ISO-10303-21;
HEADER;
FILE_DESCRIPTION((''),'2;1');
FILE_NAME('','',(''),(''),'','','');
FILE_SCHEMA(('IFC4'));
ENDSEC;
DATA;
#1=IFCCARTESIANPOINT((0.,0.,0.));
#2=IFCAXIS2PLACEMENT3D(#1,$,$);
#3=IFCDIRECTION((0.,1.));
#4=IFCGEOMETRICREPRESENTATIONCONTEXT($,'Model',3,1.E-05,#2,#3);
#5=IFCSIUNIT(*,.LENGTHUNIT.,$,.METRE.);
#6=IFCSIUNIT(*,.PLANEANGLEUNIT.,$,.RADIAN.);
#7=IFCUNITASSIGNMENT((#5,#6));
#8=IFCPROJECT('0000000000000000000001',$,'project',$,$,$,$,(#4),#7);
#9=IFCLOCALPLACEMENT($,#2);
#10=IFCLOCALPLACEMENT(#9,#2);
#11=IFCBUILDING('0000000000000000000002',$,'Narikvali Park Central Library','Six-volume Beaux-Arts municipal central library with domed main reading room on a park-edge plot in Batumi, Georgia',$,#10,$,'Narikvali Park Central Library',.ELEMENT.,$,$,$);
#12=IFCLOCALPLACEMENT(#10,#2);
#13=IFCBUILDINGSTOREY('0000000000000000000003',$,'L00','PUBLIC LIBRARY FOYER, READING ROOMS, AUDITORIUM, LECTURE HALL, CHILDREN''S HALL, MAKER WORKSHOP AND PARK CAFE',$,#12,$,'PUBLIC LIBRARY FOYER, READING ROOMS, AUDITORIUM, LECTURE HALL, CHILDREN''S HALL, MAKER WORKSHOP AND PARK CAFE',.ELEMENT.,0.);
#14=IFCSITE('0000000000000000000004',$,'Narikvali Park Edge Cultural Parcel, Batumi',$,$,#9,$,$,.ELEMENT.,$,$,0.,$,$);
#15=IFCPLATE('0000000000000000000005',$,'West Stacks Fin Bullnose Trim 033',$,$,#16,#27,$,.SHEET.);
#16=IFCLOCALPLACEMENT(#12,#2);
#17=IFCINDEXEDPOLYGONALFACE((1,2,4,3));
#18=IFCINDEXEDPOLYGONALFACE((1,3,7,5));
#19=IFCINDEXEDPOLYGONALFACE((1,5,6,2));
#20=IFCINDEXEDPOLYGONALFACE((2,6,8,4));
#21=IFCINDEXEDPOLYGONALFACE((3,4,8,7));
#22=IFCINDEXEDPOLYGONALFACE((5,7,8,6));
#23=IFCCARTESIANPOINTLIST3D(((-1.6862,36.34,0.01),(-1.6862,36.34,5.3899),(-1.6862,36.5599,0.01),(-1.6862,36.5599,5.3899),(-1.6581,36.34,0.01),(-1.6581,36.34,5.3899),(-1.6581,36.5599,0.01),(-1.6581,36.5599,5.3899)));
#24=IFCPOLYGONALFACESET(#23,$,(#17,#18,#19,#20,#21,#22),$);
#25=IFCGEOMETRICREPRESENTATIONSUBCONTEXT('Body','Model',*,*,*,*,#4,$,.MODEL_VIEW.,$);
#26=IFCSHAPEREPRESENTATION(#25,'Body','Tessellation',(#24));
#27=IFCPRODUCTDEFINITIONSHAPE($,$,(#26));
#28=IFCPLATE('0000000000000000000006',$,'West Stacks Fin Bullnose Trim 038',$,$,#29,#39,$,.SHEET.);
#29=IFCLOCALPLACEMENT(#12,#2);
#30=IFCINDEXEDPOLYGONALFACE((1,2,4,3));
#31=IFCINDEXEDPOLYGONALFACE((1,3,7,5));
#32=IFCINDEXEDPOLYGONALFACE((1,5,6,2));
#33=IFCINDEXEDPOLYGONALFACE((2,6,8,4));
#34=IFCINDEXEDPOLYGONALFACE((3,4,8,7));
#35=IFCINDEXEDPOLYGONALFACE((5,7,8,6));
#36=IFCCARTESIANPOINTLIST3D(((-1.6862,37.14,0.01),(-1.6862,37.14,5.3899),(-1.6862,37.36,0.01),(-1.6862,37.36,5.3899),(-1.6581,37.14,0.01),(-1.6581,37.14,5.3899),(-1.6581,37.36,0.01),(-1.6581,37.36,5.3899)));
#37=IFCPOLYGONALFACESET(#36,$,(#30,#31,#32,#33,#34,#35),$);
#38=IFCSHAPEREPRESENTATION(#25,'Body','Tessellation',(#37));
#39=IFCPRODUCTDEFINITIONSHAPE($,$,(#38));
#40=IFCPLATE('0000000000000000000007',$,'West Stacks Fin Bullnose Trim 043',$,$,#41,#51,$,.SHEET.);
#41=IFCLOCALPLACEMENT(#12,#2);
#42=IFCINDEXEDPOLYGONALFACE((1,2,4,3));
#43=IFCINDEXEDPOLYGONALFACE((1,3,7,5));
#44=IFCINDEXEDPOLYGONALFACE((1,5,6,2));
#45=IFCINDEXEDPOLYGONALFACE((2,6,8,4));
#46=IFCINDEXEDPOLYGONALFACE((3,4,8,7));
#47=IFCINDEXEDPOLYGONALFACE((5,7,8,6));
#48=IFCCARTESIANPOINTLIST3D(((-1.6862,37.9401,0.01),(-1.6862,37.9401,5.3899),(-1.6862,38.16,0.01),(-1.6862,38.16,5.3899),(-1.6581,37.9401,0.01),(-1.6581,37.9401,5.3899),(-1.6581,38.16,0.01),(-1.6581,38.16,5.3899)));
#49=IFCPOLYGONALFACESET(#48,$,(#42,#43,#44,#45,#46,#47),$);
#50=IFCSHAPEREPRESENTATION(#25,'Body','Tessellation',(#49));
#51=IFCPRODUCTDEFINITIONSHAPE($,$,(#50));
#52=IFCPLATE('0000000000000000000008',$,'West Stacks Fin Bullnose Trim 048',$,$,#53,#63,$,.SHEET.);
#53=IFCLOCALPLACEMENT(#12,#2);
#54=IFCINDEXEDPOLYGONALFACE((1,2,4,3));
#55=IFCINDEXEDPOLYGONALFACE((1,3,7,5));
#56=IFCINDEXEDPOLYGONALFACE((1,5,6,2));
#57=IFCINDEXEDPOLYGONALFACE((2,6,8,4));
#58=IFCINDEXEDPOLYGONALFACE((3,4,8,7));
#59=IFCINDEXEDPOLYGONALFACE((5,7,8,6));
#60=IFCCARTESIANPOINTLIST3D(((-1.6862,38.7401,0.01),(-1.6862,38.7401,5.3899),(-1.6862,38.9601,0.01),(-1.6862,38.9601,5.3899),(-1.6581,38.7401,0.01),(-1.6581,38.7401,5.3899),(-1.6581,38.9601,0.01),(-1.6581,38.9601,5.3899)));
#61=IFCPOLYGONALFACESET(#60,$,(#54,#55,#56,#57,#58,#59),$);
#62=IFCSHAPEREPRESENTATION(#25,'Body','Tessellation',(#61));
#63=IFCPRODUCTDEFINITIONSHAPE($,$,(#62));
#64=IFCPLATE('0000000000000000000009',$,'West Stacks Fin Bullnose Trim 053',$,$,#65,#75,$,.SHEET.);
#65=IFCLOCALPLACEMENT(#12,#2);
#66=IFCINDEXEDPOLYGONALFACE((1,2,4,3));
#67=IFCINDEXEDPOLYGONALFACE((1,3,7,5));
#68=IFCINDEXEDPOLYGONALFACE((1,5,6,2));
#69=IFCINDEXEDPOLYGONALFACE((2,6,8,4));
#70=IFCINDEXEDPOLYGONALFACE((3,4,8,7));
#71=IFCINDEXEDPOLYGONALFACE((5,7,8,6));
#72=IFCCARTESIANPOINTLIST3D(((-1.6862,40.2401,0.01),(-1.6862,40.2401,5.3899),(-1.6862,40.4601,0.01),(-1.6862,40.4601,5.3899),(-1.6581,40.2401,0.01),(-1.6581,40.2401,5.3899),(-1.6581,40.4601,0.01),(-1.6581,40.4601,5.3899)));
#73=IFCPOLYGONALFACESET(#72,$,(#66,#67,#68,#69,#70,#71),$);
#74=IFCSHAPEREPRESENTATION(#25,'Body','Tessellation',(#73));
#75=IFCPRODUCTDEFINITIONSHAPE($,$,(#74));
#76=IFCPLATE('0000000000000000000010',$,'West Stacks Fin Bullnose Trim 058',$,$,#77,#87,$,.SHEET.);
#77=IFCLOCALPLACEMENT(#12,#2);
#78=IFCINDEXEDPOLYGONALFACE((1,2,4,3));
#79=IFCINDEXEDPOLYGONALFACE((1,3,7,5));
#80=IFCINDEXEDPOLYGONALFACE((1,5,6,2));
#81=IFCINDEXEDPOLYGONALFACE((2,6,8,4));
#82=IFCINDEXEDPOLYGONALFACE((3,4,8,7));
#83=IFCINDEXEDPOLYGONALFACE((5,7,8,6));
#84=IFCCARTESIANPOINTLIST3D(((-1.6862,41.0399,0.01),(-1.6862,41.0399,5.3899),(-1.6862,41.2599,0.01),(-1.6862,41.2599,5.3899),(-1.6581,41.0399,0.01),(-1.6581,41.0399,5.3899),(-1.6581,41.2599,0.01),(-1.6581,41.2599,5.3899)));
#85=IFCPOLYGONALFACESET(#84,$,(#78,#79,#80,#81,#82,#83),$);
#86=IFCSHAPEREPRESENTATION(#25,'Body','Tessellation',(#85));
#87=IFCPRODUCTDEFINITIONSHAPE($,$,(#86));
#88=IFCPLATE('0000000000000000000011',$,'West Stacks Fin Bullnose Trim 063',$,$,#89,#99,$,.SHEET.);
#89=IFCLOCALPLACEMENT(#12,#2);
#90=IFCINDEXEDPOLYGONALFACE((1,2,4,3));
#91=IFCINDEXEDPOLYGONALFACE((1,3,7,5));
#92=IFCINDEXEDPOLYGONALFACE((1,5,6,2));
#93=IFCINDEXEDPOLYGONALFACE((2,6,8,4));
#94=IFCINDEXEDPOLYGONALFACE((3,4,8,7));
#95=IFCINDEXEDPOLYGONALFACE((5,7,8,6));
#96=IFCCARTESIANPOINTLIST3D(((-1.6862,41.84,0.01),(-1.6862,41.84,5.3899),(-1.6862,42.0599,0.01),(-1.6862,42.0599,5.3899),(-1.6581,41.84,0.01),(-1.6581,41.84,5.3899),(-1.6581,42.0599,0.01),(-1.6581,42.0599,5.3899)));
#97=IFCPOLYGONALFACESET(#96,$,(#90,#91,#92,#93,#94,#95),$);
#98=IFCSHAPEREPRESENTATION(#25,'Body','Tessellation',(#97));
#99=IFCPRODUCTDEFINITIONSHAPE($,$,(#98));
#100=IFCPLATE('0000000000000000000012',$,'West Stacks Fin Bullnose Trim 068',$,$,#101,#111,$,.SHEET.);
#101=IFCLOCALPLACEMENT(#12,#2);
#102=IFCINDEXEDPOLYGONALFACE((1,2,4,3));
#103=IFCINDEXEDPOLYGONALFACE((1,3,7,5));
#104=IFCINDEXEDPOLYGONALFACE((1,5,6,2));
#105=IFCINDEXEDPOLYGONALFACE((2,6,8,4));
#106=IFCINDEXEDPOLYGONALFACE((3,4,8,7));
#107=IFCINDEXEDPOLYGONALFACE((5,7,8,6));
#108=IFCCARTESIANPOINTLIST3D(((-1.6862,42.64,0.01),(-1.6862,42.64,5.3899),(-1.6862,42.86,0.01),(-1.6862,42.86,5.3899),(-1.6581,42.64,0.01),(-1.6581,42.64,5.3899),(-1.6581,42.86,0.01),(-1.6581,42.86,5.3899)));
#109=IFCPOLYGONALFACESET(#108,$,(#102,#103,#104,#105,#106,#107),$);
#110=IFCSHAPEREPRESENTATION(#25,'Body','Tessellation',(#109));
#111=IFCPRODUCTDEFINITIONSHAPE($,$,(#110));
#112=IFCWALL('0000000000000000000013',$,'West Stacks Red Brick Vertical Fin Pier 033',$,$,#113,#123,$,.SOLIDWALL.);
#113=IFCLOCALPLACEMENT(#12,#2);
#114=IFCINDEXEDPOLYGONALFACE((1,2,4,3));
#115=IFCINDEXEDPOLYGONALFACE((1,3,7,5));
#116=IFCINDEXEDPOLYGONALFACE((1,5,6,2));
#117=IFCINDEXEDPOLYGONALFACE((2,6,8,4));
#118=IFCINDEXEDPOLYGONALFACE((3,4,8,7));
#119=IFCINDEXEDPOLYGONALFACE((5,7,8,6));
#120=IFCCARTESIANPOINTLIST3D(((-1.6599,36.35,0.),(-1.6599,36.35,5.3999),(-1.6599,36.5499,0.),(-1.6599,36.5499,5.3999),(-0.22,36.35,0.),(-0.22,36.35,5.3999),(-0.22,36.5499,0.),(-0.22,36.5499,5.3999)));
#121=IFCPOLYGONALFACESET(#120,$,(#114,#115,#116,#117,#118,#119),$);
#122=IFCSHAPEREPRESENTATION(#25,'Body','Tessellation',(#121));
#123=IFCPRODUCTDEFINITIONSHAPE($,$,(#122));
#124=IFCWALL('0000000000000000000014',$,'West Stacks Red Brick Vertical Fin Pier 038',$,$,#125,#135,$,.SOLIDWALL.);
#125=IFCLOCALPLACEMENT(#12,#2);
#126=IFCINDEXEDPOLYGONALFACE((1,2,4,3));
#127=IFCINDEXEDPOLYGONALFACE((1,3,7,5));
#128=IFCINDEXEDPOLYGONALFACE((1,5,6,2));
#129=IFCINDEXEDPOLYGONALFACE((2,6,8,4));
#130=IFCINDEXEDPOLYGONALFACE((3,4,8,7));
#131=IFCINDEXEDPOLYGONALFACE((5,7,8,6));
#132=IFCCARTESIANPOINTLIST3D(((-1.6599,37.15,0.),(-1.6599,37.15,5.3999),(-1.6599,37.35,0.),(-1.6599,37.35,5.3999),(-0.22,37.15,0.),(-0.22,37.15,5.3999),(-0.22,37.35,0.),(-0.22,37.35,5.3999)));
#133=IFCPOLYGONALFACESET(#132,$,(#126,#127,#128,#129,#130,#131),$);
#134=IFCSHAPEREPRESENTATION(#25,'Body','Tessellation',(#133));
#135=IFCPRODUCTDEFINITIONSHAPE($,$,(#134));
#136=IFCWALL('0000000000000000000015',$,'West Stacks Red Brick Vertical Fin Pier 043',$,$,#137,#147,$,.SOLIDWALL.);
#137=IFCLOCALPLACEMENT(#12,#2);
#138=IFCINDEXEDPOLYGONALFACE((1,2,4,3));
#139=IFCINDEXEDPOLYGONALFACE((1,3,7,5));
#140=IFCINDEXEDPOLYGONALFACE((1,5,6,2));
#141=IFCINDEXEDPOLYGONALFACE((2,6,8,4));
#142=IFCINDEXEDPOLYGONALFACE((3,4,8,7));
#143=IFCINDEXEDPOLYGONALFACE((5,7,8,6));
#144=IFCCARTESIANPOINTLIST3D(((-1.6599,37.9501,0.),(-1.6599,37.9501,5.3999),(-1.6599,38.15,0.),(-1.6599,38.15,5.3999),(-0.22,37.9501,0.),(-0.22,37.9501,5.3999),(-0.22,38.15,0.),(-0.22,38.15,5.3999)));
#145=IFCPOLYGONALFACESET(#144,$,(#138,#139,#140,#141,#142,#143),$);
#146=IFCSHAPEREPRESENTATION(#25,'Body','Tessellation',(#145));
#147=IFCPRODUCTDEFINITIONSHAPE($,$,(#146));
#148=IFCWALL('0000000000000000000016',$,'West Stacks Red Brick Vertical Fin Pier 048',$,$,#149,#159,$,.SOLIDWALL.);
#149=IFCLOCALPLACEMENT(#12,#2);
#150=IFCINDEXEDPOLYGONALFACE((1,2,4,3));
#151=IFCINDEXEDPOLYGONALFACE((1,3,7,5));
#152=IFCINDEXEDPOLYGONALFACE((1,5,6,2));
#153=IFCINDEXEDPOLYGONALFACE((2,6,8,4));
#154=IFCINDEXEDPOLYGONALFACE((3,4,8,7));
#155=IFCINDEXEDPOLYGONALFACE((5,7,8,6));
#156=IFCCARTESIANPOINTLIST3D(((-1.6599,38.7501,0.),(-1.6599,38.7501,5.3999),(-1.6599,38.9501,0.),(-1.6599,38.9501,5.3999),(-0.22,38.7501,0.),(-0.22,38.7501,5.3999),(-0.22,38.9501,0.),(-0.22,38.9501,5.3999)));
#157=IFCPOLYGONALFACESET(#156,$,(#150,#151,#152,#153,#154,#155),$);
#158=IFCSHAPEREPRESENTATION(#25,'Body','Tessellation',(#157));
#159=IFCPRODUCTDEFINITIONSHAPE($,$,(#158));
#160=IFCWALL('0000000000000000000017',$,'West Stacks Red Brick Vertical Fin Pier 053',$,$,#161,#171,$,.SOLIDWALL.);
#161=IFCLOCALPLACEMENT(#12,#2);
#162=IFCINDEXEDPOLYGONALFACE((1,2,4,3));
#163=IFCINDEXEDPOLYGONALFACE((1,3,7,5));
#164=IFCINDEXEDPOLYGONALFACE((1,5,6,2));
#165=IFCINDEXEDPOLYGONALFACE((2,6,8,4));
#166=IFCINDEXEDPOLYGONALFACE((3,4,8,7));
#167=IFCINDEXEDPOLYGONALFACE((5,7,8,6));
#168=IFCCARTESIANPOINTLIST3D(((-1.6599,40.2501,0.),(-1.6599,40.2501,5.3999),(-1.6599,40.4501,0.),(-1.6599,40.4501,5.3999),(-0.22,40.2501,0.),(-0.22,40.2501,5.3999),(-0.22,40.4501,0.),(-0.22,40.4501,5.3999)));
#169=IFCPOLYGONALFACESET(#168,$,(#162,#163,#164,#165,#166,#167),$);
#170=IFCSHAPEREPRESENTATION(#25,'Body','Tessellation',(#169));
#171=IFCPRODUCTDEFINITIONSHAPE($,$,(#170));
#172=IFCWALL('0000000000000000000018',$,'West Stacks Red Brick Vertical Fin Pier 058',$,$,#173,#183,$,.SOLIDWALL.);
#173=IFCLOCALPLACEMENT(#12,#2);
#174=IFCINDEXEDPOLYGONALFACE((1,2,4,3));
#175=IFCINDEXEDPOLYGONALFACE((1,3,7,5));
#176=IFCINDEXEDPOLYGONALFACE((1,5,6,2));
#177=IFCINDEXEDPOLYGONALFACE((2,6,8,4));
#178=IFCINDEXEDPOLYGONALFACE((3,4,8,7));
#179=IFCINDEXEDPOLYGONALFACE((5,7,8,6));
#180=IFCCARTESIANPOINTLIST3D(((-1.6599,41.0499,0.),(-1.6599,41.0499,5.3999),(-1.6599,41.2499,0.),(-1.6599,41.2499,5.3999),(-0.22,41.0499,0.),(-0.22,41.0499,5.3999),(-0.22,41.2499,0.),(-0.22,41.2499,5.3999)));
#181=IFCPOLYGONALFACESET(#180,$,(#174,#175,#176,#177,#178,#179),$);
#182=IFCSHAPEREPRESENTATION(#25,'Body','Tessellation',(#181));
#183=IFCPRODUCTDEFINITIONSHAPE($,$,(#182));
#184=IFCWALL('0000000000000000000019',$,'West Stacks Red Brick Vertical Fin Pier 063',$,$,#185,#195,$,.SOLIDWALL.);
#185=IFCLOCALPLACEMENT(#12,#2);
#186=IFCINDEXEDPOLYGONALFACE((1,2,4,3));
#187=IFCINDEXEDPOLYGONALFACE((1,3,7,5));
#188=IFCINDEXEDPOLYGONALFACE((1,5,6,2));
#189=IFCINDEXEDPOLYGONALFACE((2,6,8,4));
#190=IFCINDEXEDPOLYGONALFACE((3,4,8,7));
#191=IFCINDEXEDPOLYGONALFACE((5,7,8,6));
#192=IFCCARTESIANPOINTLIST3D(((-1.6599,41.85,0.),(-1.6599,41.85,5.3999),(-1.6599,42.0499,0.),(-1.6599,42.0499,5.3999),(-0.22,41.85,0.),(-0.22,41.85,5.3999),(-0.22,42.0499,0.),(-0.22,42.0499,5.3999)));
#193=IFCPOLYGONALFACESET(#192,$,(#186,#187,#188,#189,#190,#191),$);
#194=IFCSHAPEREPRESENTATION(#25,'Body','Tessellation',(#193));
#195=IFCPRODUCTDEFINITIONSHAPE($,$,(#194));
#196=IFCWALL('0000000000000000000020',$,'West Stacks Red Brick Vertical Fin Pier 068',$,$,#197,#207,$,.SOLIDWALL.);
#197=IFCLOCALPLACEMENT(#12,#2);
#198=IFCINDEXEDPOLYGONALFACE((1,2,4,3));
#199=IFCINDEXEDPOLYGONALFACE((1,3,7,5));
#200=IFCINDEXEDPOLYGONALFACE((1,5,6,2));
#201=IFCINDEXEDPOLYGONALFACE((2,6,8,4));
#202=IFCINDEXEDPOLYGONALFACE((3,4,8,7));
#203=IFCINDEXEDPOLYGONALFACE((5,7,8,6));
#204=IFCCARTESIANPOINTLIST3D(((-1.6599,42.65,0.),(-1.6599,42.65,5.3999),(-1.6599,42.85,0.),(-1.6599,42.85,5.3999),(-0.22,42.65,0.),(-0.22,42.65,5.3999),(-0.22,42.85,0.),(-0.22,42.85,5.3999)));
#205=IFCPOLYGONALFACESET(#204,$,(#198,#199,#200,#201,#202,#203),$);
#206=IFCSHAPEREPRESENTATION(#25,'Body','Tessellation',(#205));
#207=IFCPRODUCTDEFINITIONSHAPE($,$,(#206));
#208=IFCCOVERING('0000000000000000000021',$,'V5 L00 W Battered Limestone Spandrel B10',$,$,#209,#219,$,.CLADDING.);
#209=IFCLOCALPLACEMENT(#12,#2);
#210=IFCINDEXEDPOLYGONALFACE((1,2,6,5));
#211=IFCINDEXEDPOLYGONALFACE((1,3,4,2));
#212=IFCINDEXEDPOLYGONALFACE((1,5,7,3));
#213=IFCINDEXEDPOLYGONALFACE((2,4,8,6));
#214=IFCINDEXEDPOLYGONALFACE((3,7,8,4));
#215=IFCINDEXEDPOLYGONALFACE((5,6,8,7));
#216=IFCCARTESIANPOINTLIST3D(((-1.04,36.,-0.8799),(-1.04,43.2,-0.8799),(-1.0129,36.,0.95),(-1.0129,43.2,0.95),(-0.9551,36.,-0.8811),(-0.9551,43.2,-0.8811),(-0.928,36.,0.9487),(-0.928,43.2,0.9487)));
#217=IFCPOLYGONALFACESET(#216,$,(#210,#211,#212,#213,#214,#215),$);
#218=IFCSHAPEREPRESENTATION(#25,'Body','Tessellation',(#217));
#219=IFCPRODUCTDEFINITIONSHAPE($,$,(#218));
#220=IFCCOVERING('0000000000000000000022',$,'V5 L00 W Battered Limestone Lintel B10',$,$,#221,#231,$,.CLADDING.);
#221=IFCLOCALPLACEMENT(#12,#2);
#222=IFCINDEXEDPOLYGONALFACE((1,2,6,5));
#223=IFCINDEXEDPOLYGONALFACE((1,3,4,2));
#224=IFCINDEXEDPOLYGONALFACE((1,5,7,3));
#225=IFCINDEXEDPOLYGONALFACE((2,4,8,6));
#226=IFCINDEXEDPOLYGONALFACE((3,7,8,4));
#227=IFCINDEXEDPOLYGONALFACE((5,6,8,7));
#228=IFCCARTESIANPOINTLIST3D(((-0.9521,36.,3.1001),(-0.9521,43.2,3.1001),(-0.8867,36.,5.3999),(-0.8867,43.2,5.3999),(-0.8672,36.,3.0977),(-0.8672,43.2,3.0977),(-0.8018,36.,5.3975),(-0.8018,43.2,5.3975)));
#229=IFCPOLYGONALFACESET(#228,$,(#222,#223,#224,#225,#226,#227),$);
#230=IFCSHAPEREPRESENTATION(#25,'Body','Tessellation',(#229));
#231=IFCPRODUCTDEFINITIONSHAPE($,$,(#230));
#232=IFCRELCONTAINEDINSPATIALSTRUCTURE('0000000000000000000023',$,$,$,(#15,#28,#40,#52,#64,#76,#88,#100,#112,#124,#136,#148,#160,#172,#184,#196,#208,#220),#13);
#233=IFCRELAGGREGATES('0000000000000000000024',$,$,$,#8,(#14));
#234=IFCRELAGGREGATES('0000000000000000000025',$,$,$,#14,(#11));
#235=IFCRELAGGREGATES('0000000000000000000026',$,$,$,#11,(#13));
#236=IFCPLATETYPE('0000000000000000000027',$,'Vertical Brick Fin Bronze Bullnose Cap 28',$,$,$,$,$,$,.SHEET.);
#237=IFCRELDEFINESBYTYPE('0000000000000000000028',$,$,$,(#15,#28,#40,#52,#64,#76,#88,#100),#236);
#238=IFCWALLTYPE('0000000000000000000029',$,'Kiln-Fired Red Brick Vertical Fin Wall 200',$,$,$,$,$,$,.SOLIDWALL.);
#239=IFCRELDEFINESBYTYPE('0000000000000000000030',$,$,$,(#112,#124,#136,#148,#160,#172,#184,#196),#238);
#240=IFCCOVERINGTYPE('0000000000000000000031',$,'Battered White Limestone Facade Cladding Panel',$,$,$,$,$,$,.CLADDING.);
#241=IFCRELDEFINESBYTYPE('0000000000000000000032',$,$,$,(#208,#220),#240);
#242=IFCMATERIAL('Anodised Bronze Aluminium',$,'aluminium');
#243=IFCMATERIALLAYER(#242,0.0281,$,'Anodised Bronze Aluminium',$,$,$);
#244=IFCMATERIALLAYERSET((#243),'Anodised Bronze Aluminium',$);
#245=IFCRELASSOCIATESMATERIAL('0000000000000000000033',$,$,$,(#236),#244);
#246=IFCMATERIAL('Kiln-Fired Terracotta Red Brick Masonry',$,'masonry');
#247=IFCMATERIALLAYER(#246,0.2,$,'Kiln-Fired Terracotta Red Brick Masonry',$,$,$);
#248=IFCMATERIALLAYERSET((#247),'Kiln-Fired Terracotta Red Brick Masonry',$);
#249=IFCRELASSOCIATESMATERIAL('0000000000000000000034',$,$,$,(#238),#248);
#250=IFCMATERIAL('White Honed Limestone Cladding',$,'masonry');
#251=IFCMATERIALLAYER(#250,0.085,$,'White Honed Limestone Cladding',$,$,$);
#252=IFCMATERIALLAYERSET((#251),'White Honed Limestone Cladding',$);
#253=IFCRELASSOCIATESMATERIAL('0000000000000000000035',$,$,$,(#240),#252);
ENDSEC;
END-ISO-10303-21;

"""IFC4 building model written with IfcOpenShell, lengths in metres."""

from ifc_helpers import new_model, si_unit, direction, frame, frame_2d, origin, origin_2d, place, context, subcontext, project, spatial, polyline, rectangle, outline, extrude, material, layer, layer_set, type_object, element, save


model = new_model("IFC4")

# Units and contexts
model_context = context("Model", 3, precision=1e-05, world=origin(), true_north=direction((0.0, 1.0)))
body_context = subcontext(model_context, "Body", "Model", "MODEL_VIEW")
ifc_project = project(units=[si_unit("LENGTHUNIT", "METRE"), si_unit("PLANEANGLEUNIT", "RADIAN")], contexts=[model_context])

# Site, building, storey
site_placement = place(None, origin())
site = spatial("IfcSite", under=ifc_project, at=site_placement, Name="Narikvali Park Edge Cultural Parcel, Batumi", CompositionType="ELEMENT", RefElevation=0.0)
building_placement = place(site_placement, origin())
building = spatial("IfcBuilding", under=site, at=building_placement, Name="Narikvali Park Central Library", Description="Six-volume Beaux-Arts municipal central library with domed main reading room on a park-edge plot in Batumi, Georgia", LongName="Narikvali Park Central Library", CompositionType="ELEMENT")
storey_placement = place(building_placement, origin())
storey = spatial("IfcBuildingStorey", under=building, at=storey_placement, Name="L00", Description="PUBLIC LIBRARY FOYER, READING ROOMS, AUDITORIUM, LECTURE HALL, CHILDREN'S HALL, MAKER WORKSHOP AND PARK CAFE", LongName="PUBLIC LIBRARY FOYER, READING ROOMS, AUDITORIUM, LECTURE HALL, CHILDREN'S HALL, MAKER WORKSHOP AND PARK CAFE", CompositionType="ELEMENT", Elevation=0.0)

# Plates
ifc_material_1 = material(Name="Anodised Bronze Aluminium", Category="aluminium")
ifc_layer_1 = layer(ifc_material_1, 0.0281, Name="Anodised Bronze Aluminium")
ifc_layer_set_1 = layer_set([ifc_layer_1], Name="Anodised Bronze Aluminium")
plate_type = type_object("IfcPlateType", Name="Vertical Brick Fin Bronze Bullnose Cap 28", PredefinedType="SHEET", material=ifc_layer_set_1)
for number, where, z_axis, x_axis, name in (
    (1, (-1.6721, 36.45, 0.01), (0.0, 0.0, 1.0), (1.0, 0.0, 0.0), "West Stacks Fin Bullnose Trim 033"),
    (2, (-1.6721, 37.25, 0.01), (0.0, 0.0, 1.0), (1.0, 0.0, 0.0), "West Stacks Fin Bullnose Trim 038"),
    (3, (-1.6721, 38.05, 0.01), (0.0, 0.0, 1.0), (1.0, 0.0, 0.0), "West Stacks Fin Bullnose Trim 043"),
    (4, (-1.6721, 38.8501, 0.01), (0.0, 0.0, 1.0), (1.0, 0.0, 0.0), "West Stacks Fin Bullnose Trim 048"),
    (5, (-1.6721, 40.3501, 0.01), (0.0, 0.0, 1.0), (1.0, 0.0, 0.0), "West Stacks Fin Bullnose Trim 053"),
    (6, (-1.6721, 41.1499, 0.01), (0.0, 0.0, 1.0), (1.0, 0.0, 0.0), "West Stacks Fin Bullnose Trim 058"),
    (7, (-1.6721, 41.95, 0.01), (0.0, 0.0, 1.0), (1.0, 0.0, 0.0), "West Stacks Fin Bullnose Trim 063"),
    (8, (-1.6721, 42.75, 0.01), (0.0, 0.0, 1.0), (1.0, 0.0, 0.0), "West Stacks Fin Bullnose Trim 068"),
):
    element("IfcPlate", number, at=place(storey_placement, frame(where, z_axis=z_axis, x_axis=x_axis)), inside=storey, type_object=plate_type, Name=name, PredefinedType="SHEET", context=body_context, shape_type="SweptSolid", body=[
        extrude(rectangle(XDim=0.0281, YDim=0.22, at=origin_2d()), origin(), (0.0, 0.0, 1.0), 5.3799),
    ])

# Walls
ifc_material_2 = material(Name="Kiln-Fired Terracotta Red Brick Masonry", Category="masonry")
ifc_layer_2 = layer(ifc_material_2, 0.2, Name="Kiln-Fired Terracotta Red Brick Masonry")
ifc_layer_set_2 = layer_set([ifc_layer_2], Name="Kiln-Fired Terracotta Red Brick Masonry")
wall_type = type_object("IfcWallType", Name="Kiln-Fired Red Brick Vertical Fin Wall 200", PredefinedType="SOLIDWALL", material=ifc_layer_set_2)
for number, where, z_axis, x_axis, name in (
    (9, (-1.6599, 36.45, 0.0), (0.0, 0.0, 1.0), (1.0, 0.0, 0.0), "West Stacks Red Brick Vertical Fin Pier 033"),
    (10, (-1.6599, 37.25, 0.0), (0.0, 0.0, 1.0), (1.0, 0.0, 0.0), "West Stacks Red Brick Vertical Fin Pier 038"),
    (11, (-1.6599, 38.05, 0.0), (0.0, 0.0, 1.0), (1.0, 0.0, 0.0), "West Stacks Red Brick Vertical Fin Pier 043"),
    (12, (-1.6599, 38.8501, 0.0), (0.0, 0.0, 1.0), (1.0, 0.0, 0.0), "West Stacks Red Brick Vertical Fin Pier 048"),
    (13, (-1.6599, 40.3501, 0.0), (0.0, 0.0, 1.0), (1.0, 0.0, 0.0), "West Stacks Red Brick Vertical Fin Pier 053"),
    (14, (-1.6599, 41.1499, 0.0), (0.0, 0.0, 1.0), (1.0, 0.0, 0.0), "West Stacks Red Brick Vertical Fin Pier 058"),
    (15, (-1.6599, 41.95, 0.0), (0.0, 0.0, 1.0), (1.0, 0.0, 0.0), "West Stacks Red Brick Vertical Fin Pier 063"),
    (16, (-1.6599, 42.75, 0.0), (0.0, 0.0, 1.0), (1.0, 0.0, 0.0), "West Stacks Red Brick Vertical Fin Pier 068"),
):
    element("IfcWall", number, at=place(storey_placement, frame(where, z_axis=z_axis, x_axis=x_axis)), inside=storey, type_object=wall_type, Name=name, PredefinedType="SOLIDWALL", context=body_context, shape_type="SweptSolid", body=[
        extrude(rectangle(XDim=1.4399, YDim=0.2, at=frame_2d((0.72, 0.0))), origin(), (0.0, 0.0, 1.0), 5.3999),
    ])

# Coverings
ifc_material_3 = material(Name="White Honed Limestone Cladding", Category="masonry")
ifc_layer_3 = layer(ifc_material_3, 0.085, Name="White Honed Limestone Cladding")
ifc_layer_set_3 = layer_set([ifc_layer_3], Name="White Honed Limestone Cladding")
covering_type = type_object("IfcCoveringType", Name="Battered White Limestone Facade Cladding Panel", PredefinedType="CLADDING", material=ifc_layer_set_3)
covering_1_placement = place(storey_placement, frame((-1.04, 43.2, -0.8799), z_axis=(-0.99989, 0.0, 0.014808), x_axis=(0.0, -1.0, 0.0)))
element("IfcCovering", 17, at=covering_1_placement, inside=storey, type_object=covering_type, Name="V5 L00 W Battered Limestone Spandrel B10", PredefinedType="CLADDING", context=body_context, shape_type="SweptSolid", body=[
    extrude(outline(polyline([(0.0, 0.0), (7.2, 0.0), (7.2, 1.83), (0.0, 1.83), (0.0, 0.0)])), origin(), (0.0, 0.0, -1.0), 0.085),
])
covering_2_placement = place(storey_placement, frame((-0.9521, 43.2, 3.1001), z_axis=(-0.999596, 0.0, 0.028439), x_axis=(0.0, -1.0, 0.0)))
element("IfcCovering", 18, at=covering_2_placement, inside=storey, type_object=covering_type, Name="V5 L00 W Battered Limestone Lintel B10", PredefinedType="CLADDING", context=body_context, shape_type="SweptSolid", body=[
    extrude(outline(polyline([(0.0, 0.0), (7.2, 0.0), (7.2, 2.3007), (0.0, 2.3007), (0.0, 0.0)])), origin(), (0.0, 0.0, -1.0), 0.085),
])

save(model, "model.ifc")
